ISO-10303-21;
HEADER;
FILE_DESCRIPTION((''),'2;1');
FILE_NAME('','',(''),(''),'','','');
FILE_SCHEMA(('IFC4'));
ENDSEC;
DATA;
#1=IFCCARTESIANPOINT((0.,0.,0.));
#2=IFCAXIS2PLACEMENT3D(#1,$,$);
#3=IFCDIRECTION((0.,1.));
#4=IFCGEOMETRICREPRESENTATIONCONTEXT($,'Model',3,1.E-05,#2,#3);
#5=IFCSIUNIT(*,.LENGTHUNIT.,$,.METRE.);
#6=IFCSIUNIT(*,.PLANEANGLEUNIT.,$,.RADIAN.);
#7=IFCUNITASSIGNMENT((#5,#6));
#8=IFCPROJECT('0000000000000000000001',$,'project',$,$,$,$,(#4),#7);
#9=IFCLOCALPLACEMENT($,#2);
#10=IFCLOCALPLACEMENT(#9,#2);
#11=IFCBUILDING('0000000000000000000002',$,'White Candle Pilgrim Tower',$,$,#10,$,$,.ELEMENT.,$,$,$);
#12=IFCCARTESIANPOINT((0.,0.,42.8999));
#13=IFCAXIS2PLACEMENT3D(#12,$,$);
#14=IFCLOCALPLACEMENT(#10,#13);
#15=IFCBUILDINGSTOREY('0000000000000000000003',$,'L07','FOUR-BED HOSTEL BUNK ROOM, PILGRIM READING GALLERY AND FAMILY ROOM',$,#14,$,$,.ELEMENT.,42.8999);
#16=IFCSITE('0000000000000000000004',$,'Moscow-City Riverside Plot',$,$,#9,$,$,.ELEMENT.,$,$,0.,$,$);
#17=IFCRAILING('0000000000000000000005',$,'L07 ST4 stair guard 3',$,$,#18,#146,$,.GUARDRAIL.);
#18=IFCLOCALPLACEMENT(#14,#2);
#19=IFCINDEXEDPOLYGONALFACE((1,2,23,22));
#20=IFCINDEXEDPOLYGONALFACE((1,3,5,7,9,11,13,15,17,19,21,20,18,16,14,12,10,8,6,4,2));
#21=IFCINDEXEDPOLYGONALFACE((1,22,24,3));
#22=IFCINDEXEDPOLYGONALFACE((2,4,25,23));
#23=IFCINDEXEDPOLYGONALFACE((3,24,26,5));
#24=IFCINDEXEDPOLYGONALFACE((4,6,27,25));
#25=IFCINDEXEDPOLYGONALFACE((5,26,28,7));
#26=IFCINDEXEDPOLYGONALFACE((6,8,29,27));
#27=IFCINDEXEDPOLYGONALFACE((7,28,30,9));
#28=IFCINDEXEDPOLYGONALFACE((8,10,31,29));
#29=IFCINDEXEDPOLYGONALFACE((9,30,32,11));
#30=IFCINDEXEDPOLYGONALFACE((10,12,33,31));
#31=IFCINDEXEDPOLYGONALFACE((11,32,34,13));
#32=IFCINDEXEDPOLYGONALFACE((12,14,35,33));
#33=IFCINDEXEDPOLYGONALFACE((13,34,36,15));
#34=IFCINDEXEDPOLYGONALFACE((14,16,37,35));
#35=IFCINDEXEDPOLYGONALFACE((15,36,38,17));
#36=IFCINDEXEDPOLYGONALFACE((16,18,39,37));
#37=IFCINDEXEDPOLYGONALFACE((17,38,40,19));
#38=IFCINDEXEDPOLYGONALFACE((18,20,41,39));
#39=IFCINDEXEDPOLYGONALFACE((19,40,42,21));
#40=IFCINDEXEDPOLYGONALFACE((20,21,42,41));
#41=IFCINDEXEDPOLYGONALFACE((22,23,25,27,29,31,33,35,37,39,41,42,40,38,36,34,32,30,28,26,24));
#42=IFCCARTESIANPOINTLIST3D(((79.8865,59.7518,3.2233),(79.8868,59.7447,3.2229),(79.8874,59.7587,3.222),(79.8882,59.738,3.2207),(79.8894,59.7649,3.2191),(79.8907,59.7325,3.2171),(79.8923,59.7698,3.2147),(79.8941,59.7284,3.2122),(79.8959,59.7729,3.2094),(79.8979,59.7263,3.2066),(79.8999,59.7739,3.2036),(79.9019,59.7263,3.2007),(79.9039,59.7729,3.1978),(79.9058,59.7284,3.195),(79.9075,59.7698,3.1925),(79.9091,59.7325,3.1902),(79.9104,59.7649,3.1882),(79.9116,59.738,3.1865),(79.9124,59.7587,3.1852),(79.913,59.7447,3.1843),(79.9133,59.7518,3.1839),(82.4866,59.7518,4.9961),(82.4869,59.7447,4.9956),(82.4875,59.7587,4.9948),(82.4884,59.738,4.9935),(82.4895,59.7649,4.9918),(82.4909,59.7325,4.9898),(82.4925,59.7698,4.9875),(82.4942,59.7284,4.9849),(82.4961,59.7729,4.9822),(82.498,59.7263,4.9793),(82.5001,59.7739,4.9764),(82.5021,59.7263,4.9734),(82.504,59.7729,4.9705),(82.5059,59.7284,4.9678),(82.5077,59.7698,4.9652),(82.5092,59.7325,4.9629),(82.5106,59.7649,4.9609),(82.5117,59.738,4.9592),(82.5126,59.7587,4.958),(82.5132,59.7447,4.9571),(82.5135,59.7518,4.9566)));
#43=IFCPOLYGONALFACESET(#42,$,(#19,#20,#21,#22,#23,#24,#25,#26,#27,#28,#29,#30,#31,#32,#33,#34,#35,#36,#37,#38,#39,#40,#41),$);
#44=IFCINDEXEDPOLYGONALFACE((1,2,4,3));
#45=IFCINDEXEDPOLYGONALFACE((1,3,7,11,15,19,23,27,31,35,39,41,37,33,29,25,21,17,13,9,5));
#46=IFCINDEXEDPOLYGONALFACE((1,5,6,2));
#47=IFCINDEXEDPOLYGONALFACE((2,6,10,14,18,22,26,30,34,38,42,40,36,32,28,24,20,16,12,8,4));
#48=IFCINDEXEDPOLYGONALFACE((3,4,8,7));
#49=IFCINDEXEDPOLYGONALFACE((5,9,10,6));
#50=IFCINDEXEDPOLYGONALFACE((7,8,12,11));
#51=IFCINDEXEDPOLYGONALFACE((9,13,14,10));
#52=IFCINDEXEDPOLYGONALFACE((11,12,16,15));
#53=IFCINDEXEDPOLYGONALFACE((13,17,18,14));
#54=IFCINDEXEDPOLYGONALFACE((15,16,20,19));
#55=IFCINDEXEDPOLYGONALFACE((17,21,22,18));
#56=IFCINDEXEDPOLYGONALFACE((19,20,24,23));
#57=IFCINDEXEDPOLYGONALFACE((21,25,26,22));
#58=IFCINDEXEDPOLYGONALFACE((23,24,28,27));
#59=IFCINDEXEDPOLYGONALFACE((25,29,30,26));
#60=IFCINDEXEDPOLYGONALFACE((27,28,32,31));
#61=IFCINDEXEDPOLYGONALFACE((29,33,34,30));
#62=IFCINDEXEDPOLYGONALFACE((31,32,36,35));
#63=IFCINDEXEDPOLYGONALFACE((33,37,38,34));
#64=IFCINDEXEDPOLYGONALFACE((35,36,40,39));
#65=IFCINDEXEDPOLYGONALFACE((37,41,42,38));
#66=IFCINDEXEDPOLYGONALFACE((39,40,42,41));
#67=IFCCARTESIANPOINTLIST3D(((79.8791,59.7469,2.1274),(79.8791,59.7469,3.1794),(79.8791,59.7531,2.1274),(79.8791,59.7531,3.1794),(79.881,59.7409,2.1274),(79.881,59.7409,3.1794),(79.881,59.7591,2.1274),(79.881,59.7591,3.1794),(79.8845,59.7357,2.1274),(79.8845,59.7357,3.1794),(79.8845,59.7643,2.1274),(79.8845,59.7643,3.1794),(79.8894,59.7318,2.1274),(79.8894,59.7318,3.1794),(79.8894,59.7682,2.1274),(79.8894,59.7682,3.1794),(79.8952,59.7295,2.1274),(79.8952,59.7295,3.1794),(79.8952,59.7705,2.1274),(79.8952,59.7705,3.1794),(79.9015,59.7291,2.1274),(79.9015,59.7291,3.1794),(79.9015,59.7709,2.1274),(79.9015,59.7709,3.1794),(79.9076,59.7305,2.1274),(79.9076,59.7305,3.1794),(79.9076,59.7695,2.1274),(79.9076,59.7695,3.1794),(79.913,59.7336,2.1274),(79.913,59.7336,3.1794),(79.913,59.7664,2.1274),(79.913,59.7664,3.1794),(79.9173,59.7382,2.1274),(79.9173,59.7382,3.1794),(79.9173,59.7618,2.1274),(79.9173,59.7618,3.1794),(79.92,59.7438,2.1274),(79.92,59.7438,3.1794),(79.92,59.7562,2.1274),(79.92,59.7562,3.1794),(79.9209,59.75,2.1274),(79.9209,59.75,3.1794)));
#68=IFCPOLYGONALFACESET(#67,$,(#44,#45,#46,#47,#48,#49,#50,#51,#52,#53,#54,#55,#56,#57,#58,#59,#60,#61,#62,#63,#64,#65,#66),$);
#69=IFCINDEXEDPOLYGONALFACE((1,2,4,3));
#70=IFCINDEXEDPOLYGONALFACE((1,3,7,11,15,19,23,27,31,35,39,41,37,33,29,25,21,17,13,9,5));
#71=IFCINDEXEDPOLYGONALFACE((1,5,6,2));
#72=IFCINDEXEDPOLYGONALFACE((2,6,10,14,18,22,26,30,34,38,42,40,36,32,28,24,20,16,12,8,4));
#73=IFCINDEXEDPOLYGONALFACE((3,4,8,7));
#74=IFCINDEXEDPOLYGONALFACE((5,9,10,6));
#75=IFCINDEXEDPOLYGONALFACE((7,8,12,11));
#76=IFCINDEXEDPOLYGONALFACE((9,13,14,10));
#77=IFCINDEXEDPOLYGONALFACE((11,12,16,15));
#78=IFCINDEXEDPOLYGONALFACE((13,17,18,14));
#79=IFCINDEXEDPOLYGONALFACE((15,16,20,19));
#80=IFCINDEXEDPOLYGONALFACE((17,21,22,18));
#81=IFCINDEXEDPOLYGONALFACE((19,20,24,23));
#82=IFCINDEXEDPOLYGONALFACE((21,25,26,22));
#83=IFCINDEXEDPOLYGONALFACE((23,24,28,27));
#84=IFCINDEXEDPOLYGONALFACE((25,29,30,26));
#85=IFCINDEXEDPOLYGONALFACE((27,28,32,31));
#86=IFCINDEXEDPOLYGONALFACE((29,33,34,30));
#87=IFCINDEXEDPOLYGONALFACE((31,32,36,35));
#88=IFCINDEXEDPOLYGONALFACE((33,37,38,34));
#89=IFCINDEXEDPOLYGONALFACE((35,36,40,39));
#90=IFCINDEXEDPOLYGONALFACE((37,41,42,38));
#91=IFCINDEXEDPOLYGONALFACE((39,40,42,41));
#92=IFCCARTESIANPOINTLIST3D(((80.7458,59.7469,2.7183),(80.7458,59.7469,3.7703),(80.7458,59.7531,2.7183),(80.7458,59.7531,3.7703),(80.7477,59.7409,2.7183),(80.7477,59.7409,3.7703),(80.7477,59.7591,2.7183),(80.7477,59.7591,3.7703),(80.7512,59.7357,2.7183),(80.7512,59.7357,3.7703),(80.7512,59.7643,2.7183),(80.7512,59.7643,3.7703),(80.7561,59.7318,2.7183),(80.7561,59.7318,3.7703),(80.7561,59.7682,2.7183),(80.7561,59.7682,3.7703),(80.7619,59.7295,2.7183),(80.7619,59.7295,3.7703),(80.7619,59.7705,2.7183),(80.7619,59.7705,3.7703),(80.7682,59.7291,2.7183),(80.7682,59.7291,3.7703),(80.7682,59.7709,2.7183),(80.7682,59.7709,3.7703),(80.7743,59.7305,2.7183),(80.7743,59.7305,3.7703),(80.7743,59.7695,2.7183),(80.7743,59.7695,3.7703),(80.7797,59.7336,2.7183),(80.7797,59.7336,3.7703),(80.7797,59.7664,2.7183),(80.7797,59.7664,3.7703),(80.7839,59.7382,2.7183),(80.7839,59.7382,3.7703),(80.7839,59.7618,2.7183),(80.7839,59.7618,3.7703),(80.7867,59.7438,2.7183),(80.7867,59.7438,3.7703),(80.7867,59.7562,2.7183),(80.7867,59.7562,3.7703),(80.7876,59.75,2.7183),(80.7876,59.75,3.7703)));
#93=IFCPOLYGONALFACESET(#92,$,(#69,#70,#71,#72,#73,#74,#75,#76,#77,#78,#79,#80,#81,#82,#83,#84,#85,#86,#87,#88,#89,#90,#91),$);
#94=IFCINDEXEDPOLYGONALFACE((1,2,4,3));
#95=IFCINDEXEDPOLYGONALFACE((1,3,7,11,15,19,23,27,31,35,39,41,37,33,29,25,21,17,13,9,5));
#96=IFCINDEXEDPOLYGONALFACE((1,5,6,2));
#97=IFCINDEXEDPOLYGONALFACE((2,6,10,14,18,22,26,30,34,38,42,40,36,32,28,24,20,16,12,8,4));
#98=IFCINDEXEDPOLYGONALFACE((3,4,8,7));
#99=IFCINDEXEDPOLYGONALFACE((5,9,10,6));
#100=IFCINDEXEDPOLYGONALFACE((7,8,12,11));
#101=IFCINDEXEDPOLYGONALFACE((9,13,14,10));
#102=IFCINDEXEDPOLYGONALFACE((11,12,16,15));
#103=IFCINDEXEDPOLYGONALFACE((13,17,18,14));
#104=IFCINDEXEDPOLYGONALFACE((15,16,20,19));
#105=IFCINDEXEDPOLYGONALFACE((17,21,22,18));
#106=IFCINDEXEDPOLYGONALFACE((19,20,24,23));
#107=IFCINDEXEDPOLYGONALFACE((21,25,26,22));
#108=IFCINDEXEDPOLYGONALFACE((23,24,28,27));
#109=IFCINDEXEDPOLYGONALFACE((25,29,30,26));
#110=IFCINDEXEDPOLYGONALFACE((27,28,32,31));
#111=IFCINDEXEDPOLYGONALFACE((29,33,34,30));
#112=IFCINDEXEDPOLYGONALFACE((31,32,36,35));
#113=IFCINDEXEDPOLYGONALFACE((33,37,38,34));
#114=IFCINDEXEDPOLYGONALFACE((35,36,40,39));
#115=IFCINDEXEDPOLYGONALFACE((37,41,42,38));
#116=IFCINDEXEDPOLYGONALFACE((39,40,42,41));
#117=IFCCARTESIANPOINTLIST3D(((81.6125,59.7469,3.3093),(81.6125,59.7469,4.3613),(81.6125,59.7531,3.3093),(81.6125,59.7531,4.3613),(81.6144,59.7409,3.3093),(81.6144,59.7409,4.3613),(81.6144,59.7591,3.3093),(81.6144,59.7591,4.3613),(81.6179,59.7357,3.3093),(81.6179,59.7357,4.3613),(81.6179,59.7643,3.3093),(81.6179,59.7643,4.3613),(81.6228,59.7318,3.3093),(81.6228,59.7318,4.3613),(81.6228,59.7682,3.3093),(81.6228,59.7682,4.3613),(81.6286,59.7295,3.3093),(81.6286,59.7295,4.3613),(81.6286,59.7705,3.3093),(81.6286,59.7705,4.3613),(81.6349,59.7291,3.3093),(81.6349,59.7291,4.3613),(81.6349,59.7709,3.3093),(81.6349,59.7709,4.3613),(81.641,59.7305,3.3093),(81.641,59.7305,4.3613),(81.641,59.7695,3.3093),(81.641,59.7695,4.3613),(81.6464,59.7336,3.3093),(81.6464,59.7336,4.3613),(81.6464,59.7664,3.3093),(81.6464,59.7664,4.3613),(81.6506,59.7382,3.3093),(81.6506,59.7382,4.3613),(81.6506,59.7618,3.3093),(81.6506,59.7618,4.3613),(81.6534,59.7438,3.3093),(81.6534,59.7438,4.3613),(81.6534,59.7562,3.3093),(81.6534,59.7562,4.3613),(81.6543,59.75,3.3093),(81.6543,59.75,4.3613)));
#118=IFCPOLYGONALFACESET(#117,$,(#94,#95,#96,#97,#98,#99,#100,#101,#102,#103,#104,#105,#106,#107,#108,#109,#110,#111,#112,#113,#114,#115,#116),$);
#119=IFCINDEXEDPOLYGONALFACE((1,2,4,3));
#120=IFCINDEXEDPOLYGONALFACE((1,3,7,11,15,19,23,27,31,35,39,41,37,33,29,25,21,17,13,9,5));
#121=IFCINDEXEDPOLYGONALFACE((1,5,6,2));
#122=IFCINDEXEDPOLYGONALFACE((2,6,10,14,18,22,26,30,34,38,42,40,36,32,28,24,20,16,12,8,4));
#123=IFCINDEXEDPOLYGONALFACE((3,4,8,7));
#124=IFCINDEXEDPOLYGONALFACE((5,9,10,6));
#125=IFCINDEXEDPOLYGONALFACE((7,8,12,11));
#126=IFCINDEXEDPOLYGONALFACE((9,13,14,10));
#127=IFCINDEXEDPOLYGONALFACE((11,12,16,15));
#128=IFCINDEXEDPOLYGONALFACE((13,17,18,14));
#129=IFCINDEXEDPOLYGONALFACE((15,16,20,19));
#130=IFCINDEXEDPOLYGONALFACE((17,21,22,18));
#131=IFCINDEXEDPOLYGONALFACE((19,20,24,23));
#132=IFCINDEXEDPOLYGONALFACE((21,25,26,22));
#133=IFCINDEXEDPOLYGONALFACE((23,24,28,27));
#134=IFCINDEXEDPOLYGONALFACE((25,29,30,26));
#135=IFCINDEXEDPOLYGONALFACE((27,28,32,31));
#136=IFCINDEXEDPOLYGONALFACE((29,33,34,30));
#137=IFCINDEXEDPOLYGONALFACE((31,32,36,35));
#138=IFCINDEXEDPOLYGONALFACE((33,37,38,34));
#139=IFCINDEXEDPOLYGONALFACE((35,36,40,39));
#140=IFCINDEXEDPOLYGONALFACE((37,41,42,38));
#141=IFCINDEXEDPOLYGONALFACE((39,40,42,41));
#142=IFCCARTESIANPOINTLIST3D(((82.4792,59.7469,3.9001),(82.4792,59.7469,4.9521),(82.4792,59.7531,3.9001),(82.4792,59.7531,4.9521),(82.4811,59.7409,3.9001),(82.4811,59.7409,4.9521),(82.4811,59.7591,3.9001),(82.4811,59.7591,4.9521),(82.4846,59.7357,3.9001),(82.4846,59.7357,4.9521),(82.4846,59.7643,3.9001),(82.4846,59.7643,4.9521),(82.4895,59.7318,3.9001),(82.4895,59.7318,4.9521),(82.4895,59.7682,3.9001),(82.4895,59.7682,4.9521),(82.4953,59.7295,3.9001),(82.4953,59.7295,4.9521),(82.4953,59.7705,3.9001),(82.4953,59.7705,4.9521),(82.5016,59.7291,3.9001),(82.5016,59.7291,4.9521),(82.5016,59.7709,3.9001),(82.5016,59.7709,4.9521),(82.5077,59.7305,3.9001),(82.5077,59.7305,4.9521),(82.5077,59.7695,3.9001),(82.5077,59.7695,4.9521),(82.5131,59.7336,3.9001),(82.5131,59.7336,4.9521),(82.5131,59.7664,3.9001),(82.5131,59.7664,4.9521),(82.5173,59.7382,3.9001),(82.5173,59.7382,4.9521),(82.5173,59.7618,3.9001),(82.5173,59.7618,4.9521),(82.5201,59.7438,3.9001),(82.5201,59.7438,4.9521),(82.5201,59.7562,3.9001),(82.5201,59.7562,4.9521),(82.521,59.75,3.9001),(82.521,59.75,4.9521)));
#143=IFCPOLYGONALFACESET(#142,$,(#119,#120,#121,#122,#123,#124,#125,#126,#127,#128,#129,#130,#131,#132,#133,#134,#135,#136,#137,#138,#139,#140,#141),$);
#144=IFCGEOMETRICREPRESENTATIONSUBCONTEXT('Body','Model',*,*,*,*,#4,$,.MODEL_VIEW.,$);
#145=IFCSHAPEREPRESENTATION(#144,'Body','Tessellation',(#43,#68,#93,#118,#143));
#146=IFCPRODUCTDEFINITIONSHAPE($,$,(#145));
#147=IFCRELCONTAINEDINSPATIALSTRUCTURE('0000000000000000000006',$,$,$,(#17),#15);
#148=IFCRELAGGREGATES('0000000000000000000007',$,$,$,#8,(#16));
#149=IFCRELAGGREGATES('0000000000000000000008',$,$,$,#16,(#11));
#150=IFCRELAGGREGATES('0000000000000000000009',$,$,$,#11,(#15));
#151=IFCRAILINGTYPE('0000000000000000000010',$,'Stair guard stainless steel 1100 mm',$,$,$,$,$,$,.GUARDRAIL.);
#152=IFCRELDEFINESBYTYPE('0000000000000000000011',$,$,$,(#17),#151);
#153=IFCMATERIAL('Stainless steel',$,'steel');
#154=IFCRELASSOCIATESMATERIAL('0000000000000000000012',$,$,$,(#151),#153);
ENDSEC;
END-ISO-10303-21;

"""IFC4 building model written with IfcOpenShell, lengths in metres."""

from ifc_helpers import new_model, si_unit, direction, frame, origin, origin_2d, place, context, subcontext, project, spatial, circle, extrude, material, type_object, element, save


model = new_model("IFC4")

# Units and contexts
model_context = context("Model", 3, precision=1e-05, world=origin(), true_north=direction((0.0, 1.0)))
body_context = subcontext(model_context, "Body", "Model", "MODEL_VIEW")
ifc_project = project(units=[si_unit("LENGTHUNIT", "METRE"), si_unit("PLANEANGLEUNIT", "RADIAN")], contexts=[model_context])

# Site, building, storey
site_placement = place(None, origin())
site = spatial("IfcSite", under=ifc_project, at=site_placement, Name="Moscow-City Riverside Plot", CompositionType="ELEMENT", RefElevation=0.0)
building_placement = place(site_placement, origin())
building = spatial("IfcBuilding", under=site, at=building_placement, Name="White Candle Pilgrim Tower", CompositionType="ELEMENT")
storey_placement = place(building_placement, frame((0.0, 0.0, 42.8999)))
storey = spatial("IfcBuildingStorey", under=building, at=storey_placement, Name="L07", Description="FOUR-BED HOSTEL BUNK ROOM, PILGRIM READING GALLERY AND FAMILY ROOM", CompositionType="ELEMENT", Elevation=42.8999)

# Railing
ifc_material_1 = material(Name="Stainless steel", Category="steel")
railing_type_1 = type_object("IfcRailingType", Name="Stair guard stainless steel 1100 mm", PredefinedType="GUARDRAIL", material=ifc_material_1)
railing_1_placement = place(storey_placement, frame((79.8999, 59.75, 2.1274)))
element("IfcRailing", 1, at=railing_1_placement, inside=storey, type_object=railing_type_1, Name="L07 ST4 stair guard 3", PredefinedType="GUARDRAIL", context=body_context, shape_type="SweptSolid", body=[
    extrude(circle(Radius=0.0239, at=origin_2d()), frame((0.0, 0.0, 1.0762), z_axis=(0.82624, 0.0, 0.563318), x_axis=(0.0, 1.0, 0.0)), (0.0, 0.0, 1.0), 3.147),
    extrude(circle(Radius=0.021, at=origin_2d()), origin(), (0.0, 0.0, 1.0), 1.052),
    extrude(circle(Radius=0.021, at=origin_2d()), frame((0.8667, 0.0, 0.5908)), (0.0, 0.0, 1.0), 1.052),
    extrude(circle(Radius=0.021, at=origin_2d()), frame((1.7334, 0.0, 1.1819)), (0.0, 0.0, 1.0), 1.052),
    extrude(circle(Radius=0.021, at=origin_2d()), frame((2.6001, 0.0, 1.7727)), (0.0, 0.0, 1.0), 1.052),
])

save(model, "model.ifc")
